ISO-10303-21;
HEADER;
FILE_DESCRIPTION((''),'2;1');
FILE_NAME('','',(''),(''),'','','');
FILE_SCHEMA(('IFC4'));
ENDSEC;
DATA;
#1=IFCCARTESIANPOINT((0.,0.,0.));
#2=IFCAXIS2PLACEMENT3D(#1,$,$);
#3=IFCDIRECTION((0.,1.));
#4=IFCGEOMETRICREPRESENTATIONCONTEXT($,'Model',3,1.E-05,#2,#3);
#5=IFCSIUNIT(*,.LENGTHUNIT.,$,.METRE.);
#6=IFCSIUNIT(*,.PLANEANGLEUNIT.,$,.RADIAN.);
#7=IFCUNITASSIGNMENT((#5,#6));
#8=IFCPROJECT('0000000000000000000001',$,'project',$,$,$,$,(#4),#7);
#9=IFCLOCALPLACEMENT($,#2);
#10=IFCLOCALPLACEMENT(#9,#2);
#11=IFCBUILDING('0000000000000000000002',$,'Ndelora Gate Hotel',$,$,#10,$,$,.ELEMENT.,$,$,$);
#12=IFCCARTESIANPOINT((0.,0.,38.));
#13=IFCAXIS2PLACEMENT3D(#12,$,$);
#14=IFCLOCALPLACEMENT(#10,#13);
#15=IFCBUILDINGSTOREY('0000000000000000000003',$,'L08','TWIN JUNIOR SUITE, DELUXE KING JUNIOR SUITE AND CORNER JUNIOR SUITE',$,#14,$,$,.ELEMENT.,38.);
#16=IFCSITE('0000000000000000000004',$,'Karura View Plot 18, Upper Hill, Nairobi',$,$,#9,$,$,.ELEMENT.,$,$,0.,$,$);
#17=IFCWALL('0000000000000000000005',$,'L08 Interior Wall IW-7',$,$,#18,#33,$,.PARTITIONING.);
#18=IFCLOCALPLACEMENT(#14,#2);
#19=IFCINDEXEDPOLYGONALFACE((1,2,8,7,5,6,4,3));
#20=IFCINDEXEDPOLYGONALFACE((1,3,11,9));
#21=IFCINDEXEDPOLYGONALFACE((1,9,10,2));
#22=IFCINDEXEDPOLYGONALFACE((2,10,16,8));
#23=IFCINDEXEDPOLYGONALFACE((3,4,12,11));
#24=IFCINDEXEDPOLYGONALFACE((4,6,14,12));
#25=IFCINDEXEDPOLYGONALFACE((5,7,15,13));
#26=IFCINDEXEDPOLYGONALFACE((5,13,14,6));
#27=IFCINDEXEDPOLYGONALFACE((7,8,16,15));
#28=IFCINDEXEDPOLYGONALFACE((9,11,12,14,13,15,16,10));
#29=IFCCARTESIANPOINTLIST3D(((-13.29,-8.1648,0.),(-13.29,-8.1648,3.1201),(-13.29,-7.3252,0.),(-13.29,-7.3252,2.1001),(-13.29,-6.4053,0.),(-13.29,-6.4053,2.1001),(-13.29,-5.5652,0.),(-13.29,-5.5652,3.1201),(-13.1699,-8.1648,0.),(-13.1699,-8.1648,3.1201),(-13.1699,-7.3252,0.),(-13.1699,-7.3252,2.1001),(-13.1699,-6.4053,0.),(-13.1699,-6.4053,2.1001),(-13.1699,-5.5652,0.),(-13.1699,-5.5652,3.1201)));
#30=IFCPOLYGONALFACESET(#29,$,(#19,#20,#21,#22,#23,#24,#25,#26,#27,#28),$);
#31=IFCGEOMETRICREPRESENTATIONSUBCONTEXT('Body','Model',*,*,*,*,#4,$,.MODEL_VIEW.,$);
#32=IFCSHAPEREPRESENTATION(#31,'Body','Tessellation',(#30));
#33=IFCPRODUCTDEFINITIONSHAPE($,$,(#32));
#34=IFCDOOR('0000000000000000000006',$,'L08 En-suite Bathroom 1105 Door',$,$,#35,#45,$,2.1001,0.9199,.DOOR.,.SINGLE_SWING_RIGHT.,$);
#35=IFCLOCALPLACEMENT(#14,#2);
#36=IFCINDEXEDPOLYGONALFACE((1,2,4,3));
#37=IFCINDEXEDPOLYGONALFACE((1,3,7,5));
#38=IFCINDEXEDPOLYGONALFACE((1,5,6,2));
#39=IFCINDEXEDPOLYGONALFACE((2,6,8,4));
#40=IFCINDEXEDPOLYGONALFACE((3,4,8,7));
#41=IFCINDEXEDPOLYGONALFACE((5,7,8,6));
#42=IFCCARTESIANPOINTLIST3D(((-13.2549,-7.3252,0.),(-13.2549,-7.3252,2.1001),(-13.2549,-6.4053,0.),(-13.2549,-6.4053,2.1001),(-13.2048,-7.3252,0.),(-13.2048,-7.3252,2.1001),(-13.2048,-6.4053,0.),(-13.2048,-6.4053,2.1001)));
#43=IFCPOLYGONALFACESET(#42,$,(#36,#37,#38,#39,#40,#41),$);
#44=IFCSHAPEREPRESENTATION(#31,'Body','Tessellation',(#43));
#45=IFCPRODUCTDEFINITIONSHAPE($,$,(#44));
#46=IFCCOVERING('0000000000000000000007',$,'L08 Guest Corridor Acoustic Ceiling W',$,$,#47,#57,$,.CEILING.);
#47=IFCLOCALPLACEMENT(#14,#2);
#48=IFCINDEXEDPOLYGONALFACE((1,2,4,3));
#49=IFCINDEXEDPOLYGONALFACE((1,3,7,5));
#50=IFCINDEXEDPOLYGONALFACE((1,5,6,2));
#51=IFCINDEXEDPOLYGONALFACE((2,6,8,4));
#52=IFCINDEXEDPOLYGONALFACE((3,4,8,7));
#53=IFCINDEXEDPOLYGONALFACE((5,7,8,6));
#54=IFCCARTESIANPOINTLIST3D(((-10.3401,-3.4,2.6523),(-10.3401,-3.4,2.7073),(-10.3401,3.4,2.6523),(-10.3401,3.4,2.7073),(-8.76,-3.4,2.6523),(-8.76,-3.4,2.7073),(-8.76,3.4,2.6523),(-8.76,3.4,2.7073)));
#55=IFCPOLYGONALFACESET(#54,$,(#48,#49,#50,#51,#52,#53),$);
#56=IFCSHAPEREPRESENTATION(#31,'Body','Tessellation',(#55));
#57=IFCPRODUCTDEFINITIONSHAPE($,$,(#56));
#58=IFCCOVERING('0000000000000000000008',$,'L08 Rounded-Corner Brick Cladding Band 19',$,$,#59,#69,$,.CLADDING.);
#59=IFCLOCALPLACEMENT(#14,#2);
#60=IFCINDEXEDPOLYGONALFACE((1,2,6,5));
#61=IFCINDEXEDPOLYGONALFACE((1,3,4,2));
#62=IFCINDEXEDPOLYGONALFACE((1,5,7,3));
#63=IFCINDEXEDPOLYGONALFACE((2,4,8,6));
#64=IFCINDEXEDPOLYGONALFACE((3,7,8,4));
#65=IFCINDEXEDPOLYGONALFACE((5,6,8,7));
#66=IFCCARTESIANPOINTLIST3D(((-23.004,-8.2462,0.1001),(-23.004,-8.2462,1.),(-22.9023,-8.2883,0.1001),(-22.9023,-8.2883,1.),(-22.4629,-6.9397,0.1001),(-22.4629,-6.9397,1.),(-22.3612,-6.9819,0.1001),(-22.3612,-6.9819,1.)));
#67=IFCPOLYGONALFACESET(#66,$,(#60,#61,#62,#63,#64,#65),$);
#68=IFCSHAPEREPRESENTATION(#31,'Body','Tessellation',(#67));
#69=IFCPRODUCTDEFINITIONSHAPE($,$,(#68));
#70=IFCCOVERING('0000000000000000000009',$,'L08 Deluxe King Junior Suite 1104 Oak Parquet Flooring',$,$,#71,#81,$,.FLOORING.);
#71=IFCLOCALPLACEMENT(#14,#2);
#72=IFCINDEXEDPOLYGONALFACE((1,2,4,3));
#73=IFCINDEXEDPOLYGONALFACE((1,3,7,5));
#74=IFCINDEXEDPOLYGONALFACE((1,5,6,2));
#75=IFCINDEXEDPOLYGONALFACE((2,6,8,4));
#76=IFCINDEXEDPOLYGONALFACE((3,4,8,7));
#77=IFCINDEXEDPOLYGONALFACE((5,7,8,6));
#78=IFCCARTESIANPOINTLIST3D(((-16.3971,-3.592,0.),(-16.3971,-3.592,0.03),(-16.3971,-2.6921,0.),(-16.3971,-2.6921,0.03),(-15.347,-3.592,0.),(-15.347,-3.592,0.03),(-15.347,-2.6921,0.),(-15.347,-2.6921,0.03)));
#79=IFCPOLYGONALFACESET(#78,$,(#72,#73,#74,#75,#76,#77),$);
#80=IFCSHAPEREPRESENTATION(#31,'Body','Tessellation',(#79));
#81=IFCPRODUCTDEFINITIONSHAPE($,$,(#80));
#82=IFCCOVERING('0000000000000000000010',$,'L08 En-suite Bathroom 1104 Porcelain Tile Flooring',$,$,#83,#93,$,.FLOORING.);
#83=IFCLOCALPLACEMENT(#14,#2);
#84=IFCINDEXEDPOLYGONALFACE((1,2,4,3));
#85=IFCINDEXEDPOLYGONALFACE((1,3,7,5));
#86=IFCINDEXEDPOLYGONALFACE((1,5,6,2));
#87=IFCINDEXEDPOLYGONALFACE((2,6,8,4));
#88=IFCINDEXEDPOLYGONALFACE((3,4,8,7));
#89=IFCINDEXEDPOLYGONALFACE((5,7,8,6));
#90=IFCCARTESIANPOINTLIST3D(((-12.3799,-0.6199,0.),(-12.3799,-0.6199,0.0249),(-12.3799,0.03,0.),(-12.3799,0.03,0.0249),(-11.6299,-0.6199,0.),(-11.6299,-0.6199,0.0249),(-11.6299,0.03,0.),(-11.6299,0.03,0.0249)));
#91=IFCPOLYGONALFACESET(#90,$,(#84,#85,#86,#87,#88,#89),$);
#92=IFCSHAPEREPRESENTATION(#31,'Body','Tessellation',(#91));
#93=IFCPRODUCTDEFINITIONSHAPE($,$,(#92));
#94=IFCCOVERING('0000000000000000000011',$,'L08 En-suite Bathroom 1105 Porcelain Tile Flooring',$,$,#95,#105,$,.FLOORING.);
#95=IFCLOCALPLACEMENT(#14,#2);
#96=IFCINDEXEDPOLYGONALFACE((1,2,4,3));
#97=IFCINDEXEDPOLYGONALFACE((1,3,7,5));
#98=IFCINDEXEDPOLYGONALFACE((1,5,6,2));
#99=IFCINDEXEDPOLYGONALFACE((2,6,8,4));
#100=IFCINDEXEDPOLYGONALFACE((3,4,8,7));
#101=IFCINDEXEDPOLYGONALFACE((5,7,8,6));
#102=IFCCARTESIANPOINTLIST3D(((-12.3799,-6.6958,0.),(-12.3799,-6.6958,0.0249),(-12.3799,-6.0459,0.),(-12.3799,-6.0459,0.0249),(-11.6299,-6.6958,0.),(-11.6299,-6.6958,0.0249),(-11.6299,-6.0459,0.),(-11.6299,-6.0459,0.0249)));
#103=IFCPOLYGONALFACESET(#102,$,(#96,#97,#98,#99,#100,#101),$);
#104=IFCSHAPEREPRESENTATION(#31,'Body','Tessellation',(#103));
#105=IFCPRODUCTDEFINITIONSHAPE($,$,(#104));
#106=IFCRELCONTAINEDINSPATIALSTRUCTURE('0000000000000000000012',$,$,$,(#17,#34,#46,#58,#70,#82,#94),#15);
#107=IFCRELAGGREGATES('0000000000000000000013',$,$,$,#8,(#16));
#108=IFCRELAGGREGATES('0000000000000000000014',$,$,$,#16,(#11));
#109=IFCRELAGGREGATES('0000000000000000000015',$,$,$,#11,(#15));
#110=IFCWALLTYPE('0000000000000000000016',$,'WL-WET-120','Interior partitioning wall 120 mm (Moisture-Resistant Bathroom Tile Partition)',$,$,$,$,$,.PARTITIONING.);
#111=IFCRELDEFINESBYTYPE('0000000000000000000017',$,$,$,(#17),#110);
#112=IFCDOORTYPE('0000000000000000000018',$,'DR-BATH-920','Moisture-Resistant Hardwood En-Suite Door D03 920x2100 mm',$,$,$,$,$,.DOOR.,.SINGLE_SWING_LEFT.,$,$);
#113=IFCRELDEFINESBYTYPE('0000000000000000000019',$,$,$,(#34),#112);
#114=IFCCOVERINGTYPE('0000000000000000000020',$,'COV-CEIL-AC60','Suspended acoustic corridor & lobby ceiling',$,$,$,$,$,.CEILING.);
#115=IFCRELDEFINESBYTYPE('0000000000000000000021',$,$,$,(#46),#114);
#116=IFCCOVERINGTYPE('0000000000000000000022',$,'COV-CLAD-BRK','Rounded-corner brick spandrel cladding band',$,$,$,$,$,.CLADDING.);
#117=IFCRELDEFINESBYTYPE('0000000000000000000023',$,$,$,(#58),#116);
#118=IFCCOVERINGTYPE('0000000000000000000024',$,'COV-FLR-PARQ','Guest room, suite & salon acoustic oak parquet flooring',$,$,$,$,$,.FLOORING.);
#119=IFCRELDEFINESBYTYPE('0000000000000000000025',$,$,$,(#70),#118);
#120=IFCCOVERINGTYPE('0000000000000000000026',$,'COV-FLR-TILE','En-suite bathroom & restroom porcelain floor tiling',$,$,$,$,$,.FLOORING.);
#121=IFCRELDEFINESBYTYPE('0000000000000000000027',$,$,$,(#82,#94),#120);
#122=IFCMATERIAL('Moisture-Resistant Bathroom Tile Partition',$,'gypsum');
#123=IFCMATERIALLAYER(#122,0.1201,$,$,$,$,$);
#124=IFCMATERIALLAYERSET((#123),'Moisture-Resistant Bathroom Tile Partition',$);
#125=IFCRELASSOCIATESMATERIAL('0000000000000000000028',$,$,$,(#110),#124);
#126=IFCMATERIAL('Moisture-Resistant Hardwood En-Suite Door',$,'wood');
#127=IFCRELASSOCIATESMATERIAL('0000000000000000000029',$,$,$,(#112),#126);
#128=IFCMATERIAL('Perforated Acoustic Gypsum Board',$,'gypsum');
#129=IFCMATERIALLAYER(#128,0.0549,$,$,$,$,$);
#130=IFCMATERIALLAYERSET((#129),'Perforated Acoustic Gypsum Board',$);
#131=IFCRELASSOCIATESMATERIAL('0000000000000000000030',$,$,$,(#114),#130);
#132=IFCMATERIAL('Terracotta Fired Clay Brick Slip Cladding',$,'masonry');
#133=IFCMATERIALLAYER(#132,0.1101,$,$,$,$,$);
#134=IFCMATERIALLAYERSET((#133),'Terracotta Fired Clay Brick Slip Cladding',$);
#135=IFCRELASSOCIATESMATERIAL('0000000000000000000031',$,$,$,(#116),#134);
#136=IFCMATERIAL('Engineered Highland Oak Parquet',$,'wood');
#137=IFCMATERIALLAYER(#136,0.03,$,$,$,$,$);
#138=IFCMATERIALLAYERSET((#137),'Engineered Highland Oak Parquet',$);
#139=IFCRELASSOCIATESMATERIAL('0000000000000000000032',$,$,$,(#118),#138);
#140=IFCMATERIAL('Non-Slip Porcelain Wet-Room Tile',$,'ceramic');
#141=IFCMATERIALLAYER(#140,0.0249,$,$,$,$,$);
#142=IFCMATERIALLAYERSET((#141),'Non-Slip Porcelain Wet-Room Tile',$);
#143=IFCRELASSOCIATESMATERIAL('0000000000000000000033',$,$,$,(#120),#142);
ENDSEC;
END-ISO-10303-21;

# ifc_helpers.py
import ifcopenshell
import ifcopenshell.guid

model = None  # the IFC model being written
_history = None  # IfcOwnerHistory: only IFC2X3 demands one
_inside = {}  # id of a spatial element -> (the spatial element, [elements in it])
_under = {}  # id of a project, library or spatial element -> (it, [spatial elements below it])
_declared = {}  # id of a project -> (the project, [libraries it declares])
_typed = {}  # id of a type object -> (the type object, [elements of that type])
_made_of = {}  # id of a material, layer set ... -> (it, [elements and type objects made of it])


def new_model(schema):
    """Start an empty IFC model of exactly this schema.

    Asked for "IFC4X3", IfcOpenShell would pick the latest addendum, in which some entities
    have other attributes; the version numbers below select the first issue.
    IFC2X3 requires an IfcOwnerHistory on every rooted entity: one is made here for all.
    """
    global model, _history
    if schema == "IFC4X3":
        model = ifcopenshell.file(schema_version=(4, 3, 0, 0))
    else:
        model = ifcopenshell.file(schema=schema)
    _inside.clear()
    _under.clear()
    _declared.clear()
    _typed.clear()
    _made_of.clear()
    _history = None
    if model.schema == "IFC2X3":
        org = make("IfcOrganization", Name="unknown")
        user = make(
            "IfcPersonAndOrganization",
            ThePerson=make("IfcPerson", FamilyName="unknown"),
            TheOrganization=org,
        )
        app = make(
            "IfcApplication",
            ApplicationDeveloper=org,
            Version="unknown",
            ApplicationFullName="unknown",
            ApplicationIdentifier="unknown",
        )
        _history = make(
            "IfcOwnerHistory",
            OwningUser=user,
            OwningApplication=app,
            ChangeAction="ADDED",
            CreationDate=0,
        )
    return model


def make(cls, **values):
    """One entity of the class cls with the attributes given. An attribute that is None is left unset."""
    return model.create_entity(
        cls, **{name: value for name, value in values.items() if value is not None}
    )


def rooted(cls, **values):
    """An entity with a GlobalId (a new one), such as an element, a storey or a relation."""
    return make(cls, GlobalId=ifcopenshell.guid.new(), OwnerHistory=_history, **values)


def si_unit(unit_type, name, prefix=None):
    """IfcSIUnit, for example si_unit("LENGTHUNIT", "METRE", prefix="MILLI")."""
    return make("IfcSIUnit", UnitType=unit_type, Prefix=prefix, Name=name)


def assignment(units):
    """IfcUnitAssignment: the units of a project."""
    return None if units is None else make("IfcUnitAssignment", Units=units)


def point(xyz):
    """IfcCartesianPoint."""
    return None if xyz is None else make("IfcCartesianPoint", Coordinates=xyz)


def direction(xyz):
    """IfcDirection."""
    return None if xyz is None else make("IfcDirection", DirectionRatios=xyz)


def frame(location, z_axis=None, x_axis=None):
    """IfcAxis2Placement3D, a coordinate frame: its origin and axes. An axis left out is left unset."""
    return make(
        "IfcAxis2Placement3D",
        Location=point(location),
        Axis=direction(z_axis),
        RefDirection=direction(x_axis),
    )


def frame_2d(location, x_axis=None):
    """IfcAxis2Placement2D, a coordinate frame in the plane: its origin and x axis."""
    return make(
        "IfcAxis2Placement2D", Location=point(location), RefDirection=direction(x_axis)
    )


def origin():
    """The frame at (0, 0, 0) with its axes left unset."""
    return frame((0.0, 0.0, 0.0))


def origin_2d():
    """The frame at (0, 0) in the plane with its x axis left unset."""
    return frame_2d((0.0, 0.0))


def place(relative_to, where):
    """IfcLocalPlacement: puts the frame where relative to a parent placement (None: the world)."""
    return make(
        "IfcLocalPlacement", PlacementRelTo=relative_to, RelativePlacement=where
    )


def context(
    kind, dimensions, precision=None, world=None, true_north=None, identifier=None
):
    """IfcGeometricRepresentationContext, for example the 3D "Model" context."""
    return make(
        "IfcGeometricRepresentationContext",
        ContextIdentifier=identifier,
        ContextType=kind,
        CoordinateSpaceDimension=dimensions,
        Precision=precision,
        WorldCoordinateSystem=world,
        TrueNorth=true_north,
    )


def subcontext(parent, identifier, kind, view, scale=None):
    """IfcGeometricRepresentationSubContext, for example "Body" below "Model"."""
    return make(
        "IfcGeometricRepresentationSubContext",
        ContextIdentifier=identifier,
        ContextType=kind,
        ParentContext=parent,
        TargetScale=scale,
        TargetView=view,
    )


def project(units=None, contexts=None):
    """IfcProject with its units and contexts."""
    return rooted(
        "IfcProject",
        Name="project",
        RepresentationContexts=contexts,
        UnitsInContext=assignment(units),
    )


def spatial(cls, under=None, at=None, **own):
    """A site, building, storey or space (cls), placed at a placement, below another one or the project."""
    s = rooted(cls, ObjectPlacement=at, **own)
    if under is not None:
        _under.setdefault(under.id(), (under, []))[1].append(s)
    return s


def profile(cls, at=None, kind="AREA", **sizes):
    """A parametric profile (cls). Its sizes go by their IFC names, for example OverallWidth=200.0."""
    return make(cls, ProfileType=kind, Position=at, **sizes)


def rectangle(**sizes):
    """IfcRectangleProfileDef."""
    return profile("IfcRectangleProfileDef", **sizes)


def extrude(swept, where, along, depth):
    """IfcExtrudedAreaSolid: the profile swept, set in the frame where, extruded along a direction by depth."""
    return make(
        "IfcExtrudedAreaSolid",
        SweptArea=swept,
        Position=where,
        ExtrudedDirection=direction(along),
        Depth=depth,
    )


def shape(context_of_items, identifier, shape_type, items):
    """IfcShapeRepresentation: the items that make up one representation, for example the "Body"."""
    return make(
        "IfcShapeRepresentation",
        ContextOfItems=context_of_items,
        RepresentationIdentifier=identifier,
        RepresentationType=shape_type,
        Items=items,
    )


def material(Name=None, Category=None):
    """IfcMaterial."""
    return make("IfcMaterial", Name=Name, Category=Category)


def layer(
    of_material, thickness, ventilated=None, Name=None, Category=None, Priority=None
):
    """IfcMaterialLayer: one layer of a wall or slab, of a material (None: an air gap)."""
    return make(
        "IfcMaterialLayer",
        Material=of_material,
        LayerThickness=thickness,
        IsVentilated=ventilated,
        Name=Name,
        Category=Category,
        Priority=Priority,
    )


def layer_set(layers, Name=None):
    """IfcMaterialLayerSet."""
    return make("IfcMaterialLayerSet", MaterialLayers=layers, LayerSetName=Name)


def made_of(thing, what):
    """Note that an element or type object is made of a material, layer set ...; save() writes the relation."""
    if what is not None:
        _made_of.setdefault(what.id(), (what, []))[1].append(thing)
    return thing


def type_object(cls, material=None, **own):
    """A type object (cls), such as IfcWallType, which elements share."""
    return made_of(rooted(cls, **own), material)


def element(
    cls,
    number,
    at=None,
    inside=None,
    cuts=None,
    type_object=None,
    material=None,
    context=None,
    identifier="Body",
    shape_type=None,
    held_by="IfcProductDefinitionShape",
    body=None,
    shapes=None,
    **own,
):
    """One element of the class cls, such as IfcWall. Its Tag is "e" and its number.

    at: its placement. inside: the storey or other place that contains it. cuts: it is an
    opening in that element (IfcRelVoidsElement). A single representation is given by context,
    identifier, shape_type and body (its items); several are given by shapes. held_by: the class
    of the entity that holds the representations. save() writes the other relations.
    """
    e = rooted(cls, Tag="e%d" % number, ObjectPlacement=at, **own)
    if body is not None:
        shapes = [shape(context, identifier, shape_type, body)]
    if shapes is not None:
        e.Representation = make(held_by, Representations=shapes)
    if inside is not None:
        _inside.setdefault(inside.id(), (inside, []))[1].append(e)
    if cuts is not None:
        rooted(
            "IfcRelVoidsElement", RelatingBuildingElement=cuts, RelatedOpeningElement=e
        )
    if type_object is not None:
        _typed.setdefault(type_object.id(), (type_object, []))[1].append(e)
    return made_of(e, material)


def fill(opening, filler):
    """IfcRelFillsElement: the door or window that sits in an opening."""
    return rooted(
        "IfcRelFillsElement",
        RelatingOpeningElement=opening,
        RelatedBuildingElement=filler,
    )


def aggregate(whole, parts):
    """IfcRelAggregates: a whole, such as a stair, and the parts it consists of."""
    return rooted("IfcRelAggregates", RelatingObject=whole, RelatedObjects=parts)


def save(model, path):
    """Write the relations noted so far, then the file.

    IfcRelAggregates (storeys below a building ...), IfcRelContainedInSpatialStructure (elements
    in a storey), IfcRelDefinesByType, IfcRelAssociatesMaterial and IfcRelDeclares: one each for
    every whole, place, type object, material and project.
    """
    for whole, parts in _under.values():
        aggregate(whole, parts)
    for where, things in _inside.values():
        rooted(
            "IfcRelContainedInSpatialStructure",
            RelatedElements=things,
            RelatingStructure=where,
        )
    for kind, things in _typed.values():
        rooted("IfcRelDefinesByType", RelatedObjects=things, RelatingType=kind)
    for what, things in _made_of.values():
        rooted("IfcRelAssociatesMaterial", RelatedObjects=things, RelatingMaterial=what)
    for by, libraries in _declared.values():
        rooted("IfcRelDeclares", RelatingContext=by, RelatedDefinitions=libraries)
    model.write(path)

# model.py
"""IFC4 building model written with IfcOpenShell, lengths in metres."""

from ifc_helpers import new_model, si_unit, direction, frame, frame_2d, origin, origin_2d, place, context, subcontext, project, spatial, rectangle, extrude, material, layer, layer_set, type_object, element, fill, save


model = new_model("IFC4")

# Units and contexts
model_context = context("Model", 3, precision=1e-05, world=origin(), true_north=direction((0.0, 1.0)))
body_context = subcontext(model_context, "Body", "Model", "MODEL_VIEW")
ifc_project = project(units=[si_unit("LENGTHUNIT", "METRE"), si_unit("PLANEANGLEUNIT", "RADIAN")], contexts=[model_context])

# Site, building, storey
site_placement = place(None, origin())
site = spatial("IfcSite", under=ifc_project, at=site_placement, Name="Karura View Plot 18, Upper Hill, Nairobi", CompositionType="ELEMENT", RefElevation=0.0)
building_placement = place(site_placement, origin())
building = spatial("IfcBuilding", under=site, at=building_placement, Name="Ndelora Gate Hotel", CompositionType="ELEMENT")
storey_placement = place(building_placement, frame((0.0, 0.0, 38.0)))
storey = spatial("IfcBuildingStorey", under=building, at=storey_placement, Name="L08", Description="TWIN JUNIOR SUITE, DELUXE KING JUNIOR SUITE AND CORNER JUNIOR SUITE", CompositionType="ELEMENT", Elevation=38.0)

# Shared definitions
ifc_material_1 = material(Name="Moisture-Resistant Bathroom Tile Partition", Category="gypsum")
ifc_layer_1 = layer(ifc_material_1, 0.1201)
ifc_layer_set_1 = layer_set([ifc_layer_1], Name="Moisture-Resistant Bathroom Tile Partition")
wall_type_1 = type_object("IfcWallType", Name="WL-WET-120", Description="Interior partitioning wall 120 mm (Moisture-Resistant Bathroom Tile Partition)", PredefinedType="PARTITIONING", material=ifc_layer_set_1)

# Wall, opening, door
ifc_material_2 = material(Name="Moisture-Resistant Hardwood En-Suite Door", Category="wood")
door_type_1 = type_object("IfcDoorType", Name="DR-BATH-920", Description="Moisture-Resistant Hardwood En-Suite Door D03 920x2100 mm", OperationType="SINGLE_SWING_LEFT", PredefinedType="DOOR", material=ifc_material_2)
wall_1_placement = place(storey_placement, frame((-13.23, -8.1648, 0.0), z_axis=(0.0, 0.0, 1.0), x_axis=(0.0, 1.0, 0.0)))
wall_1 = element("IfcWall", 1, at=wall_1_placement, inside=storey, type_object=wall_type_1, Name="L08 Interior Wall IW-7", PredefinedType="PARTITIONING", context=body_context, shape_type="SweptSolid", body=[
    extrude(rectangle(XDim=2.5996, YDim=0.1201, at=frame_2d((1.2998, 0.0))), origin(), (0.0, 0.0, 1.0), 3.1201),
])
opening_1_placement = place(wall_1_placement, frame((0.8396, 0.0, 0.0)))
opening_1 = element("IfcOpeningElement", 2, at=opening_1_placement, cuts=wall_1, PredefinedType="OPENING", context=body_context, shape_type="SweptSolid", body=[
    extrude(rectangle(XDim=0.9199, YDim=2.1001, at=frame_2d((0.46, 1.05))), frame((0.0, 0.0701, 0.0), z_axis=(0.0, -1.0, 0.0), x_axis=(1.0, 0.0, 0.0)), (0.0, 0.0, 1.0), 0.1401),
])
door_1_placement = place(opening_1_placement, origin())
door_1 = element("IfcDoor", 3, at=door_1_placement, inside=storey, type_object=door_type_1, Name="L08 En-suite Bathroom 1105 Door", OperationType="SINGLE_SWING_RIGHT", OverallHeight=2.1001, OverallWidth=0.9199, PredefinedType="DOOR", context=body_context, shape_type="SweptSolid", body=[
    extrude(rectangle(XDim=0.9199, YDim=2.1001, at=frame_2d((0.46, 1.05))), frame((0.0, 0.0249, 0.0), z_axis=(0.0, -1.0, 0.0), x_axis=(1.0, 0.0, 0.0)), (0.0, 0.0, 1.0), 0.05),
])
fill(opening_1, door_1)

# Coverings
ifc_material_3 = material(Name="Perforated Acoustic Gypsum Board", Category="gypsum")
ifc_layer_2 = layer(ifc_material_3, 0.0549)
ifc_layer_set_2 = layer_set([ifc_layer_2], Name="Perforated Acoustic Gypsum Board")
covering_type_1 = type_object("IfcCoveringType", Name="COV-CEIL-AC60", Description="Suspended acoustic corridor & lobby ceiling", PredefinedType="CEILING", material=ifc_layer_set_2)
covering_1_placement = place(storey_placement, frame((-9.55, 0.0, 2.6523), z_axis=(0.0, 0.0, 1.0), x_axis=(1.0, 0.0, 0.0)))
element("IfcCovering", 4, at=covering_1_placement, inside=storey, type_object=covering_type_1, Name="L08 Guest Corridor Acoustic Ceiling W", PredefinedType="CEILING", context=body_context, shape_type="SweptSolid", body=[
    extrude(rectangle(XDim=1.5801, YDim=6.8, at=origin_2d()), origin(), (0.0, 0.0, 1.0), 0.0549),
])
ifc_material_4 = material(Name="Terracotta Fired Clay Brick Slip Cladding", Category="masonry")
ifc_layer_3 = layer(ifc_material_4, 0.1101)
ifc_layer_set_3 = layer_set([ifc_layer_3], Name="Terracotta Fired Clay Brick Slip Cladding")
covering_type_2 = type_object("IfcCoveringType", Name="COV-CLAD-BRK", Description="Rounded-corner brick spandrel cladding band", PredefinedType="CLADDING", material=ifc_layer_set_3)
covering_2_placement = place(storey_placement, frame((-22.6826, -7.614, 0.1001), z_axis=(0.0, 0.0, 1.0), x_axis=(0.382683, 0.92388, 0.0)))
element("IfcCovering", 5, at=covering_2_placement, inside=storey, type_object=covering_type_2, Name="L08 Rounded-Corner Brick Cladding Band 19", PredefinedType="CLADDING", context=body_context, shape_type="SweptSolid", body=[
    extrude(rectangle(XDim=1.4141, YDim=0.1101, at=origin_2d()), origin(), (0.0, 0.0, 1.0), 0.8999),
])
ifc_material_5 = material(Name="Engineered Highland Oak Parquet", Category="wood")
ifc_layer_4 = layer(ifc_material_5, 0.03)
ifc_layer_set_4 = layer_set([ifc_layer_4], Name="Engineered Highland Oak Parquet")
covering_type_3 = type_object("IfcCoveringType", Name="COV-FLR-PARQ", Description="Guest room, suite & salon acoustic oak parquet flooring", PredefinedType="FLOORING", material=ifc_layer_set_4)
covering_3_placement = place(storey_placement, frame((-15.8721, -3.1421, 0.0), z_axis=(0.0, 0.0, 1.0), x_axis=(1.0, 0.0, 0.0)))
element("IfcCovering", 6, at=covering_3_placement, inside=storey, type_object=covering_type_3, Name="L08 Deluxe King Junior Suite 1104 Oak Parquet Flooring", PredefinedType="FLOORING", context=body_context, shape_type="SweptSolid", body=[
    extrude(rectangle(XDim=1.05, YDim=0.8999, at=origin_2d()), origin(), (0.0, 0.0, 1.0), 0.03),
])
ifc_material_6 = material(Name="Non-Slip Porcelain Wet-Room Tile", Category="ceramic")
ifc_layer_5 = layer(ifc_material_6, 0.0249)
ifc_layer_set_5 = layer_set([ifc_layer_5], Name="Non-Slip Porcelain Wet-Room Tile")
covering_type_4 = type_object("IfcCoveringType", Name="COV-FLR-TILE", Description="En-suite bathroom & restroom porcelain floor tiling", PredefinedType="FLOORING", material=ifc_layer_set_5)
for number, where, z_axis, x_axis, name in (
    (7, (-12.0049, -0.2949, 0.0), (0.0, 0.0, 1.0), (1.0, 0.0, 0.0), "L08 En-suite Bathroom 1104 Porcelain Tile Flooring"),
    (8, (-12.0049, -6.3708, 0.0), (0.0, 0.0, 1.0), (1.0, 0.0, 0.0), "L08 En-suite Bathroom 1105 Porcelain Tile Flooring"),
):
    element("IfcCovering", number, at=place(storey_placement, frame(where, z_axis=z_axis, x_axis=x_axis)), inside=storey, type_object=covering_type_4, Name=name, PredefinedType="FLOORING", context=body_context, shape_type="SweptSolid", body=[
        extrude(rectangle(XDim=0.75, YDim=0.6499, at=origin_2d()), origin(), (0.0, 0.0, 1.0), 0.0249),
    ])

save(model, "model.ifc")
